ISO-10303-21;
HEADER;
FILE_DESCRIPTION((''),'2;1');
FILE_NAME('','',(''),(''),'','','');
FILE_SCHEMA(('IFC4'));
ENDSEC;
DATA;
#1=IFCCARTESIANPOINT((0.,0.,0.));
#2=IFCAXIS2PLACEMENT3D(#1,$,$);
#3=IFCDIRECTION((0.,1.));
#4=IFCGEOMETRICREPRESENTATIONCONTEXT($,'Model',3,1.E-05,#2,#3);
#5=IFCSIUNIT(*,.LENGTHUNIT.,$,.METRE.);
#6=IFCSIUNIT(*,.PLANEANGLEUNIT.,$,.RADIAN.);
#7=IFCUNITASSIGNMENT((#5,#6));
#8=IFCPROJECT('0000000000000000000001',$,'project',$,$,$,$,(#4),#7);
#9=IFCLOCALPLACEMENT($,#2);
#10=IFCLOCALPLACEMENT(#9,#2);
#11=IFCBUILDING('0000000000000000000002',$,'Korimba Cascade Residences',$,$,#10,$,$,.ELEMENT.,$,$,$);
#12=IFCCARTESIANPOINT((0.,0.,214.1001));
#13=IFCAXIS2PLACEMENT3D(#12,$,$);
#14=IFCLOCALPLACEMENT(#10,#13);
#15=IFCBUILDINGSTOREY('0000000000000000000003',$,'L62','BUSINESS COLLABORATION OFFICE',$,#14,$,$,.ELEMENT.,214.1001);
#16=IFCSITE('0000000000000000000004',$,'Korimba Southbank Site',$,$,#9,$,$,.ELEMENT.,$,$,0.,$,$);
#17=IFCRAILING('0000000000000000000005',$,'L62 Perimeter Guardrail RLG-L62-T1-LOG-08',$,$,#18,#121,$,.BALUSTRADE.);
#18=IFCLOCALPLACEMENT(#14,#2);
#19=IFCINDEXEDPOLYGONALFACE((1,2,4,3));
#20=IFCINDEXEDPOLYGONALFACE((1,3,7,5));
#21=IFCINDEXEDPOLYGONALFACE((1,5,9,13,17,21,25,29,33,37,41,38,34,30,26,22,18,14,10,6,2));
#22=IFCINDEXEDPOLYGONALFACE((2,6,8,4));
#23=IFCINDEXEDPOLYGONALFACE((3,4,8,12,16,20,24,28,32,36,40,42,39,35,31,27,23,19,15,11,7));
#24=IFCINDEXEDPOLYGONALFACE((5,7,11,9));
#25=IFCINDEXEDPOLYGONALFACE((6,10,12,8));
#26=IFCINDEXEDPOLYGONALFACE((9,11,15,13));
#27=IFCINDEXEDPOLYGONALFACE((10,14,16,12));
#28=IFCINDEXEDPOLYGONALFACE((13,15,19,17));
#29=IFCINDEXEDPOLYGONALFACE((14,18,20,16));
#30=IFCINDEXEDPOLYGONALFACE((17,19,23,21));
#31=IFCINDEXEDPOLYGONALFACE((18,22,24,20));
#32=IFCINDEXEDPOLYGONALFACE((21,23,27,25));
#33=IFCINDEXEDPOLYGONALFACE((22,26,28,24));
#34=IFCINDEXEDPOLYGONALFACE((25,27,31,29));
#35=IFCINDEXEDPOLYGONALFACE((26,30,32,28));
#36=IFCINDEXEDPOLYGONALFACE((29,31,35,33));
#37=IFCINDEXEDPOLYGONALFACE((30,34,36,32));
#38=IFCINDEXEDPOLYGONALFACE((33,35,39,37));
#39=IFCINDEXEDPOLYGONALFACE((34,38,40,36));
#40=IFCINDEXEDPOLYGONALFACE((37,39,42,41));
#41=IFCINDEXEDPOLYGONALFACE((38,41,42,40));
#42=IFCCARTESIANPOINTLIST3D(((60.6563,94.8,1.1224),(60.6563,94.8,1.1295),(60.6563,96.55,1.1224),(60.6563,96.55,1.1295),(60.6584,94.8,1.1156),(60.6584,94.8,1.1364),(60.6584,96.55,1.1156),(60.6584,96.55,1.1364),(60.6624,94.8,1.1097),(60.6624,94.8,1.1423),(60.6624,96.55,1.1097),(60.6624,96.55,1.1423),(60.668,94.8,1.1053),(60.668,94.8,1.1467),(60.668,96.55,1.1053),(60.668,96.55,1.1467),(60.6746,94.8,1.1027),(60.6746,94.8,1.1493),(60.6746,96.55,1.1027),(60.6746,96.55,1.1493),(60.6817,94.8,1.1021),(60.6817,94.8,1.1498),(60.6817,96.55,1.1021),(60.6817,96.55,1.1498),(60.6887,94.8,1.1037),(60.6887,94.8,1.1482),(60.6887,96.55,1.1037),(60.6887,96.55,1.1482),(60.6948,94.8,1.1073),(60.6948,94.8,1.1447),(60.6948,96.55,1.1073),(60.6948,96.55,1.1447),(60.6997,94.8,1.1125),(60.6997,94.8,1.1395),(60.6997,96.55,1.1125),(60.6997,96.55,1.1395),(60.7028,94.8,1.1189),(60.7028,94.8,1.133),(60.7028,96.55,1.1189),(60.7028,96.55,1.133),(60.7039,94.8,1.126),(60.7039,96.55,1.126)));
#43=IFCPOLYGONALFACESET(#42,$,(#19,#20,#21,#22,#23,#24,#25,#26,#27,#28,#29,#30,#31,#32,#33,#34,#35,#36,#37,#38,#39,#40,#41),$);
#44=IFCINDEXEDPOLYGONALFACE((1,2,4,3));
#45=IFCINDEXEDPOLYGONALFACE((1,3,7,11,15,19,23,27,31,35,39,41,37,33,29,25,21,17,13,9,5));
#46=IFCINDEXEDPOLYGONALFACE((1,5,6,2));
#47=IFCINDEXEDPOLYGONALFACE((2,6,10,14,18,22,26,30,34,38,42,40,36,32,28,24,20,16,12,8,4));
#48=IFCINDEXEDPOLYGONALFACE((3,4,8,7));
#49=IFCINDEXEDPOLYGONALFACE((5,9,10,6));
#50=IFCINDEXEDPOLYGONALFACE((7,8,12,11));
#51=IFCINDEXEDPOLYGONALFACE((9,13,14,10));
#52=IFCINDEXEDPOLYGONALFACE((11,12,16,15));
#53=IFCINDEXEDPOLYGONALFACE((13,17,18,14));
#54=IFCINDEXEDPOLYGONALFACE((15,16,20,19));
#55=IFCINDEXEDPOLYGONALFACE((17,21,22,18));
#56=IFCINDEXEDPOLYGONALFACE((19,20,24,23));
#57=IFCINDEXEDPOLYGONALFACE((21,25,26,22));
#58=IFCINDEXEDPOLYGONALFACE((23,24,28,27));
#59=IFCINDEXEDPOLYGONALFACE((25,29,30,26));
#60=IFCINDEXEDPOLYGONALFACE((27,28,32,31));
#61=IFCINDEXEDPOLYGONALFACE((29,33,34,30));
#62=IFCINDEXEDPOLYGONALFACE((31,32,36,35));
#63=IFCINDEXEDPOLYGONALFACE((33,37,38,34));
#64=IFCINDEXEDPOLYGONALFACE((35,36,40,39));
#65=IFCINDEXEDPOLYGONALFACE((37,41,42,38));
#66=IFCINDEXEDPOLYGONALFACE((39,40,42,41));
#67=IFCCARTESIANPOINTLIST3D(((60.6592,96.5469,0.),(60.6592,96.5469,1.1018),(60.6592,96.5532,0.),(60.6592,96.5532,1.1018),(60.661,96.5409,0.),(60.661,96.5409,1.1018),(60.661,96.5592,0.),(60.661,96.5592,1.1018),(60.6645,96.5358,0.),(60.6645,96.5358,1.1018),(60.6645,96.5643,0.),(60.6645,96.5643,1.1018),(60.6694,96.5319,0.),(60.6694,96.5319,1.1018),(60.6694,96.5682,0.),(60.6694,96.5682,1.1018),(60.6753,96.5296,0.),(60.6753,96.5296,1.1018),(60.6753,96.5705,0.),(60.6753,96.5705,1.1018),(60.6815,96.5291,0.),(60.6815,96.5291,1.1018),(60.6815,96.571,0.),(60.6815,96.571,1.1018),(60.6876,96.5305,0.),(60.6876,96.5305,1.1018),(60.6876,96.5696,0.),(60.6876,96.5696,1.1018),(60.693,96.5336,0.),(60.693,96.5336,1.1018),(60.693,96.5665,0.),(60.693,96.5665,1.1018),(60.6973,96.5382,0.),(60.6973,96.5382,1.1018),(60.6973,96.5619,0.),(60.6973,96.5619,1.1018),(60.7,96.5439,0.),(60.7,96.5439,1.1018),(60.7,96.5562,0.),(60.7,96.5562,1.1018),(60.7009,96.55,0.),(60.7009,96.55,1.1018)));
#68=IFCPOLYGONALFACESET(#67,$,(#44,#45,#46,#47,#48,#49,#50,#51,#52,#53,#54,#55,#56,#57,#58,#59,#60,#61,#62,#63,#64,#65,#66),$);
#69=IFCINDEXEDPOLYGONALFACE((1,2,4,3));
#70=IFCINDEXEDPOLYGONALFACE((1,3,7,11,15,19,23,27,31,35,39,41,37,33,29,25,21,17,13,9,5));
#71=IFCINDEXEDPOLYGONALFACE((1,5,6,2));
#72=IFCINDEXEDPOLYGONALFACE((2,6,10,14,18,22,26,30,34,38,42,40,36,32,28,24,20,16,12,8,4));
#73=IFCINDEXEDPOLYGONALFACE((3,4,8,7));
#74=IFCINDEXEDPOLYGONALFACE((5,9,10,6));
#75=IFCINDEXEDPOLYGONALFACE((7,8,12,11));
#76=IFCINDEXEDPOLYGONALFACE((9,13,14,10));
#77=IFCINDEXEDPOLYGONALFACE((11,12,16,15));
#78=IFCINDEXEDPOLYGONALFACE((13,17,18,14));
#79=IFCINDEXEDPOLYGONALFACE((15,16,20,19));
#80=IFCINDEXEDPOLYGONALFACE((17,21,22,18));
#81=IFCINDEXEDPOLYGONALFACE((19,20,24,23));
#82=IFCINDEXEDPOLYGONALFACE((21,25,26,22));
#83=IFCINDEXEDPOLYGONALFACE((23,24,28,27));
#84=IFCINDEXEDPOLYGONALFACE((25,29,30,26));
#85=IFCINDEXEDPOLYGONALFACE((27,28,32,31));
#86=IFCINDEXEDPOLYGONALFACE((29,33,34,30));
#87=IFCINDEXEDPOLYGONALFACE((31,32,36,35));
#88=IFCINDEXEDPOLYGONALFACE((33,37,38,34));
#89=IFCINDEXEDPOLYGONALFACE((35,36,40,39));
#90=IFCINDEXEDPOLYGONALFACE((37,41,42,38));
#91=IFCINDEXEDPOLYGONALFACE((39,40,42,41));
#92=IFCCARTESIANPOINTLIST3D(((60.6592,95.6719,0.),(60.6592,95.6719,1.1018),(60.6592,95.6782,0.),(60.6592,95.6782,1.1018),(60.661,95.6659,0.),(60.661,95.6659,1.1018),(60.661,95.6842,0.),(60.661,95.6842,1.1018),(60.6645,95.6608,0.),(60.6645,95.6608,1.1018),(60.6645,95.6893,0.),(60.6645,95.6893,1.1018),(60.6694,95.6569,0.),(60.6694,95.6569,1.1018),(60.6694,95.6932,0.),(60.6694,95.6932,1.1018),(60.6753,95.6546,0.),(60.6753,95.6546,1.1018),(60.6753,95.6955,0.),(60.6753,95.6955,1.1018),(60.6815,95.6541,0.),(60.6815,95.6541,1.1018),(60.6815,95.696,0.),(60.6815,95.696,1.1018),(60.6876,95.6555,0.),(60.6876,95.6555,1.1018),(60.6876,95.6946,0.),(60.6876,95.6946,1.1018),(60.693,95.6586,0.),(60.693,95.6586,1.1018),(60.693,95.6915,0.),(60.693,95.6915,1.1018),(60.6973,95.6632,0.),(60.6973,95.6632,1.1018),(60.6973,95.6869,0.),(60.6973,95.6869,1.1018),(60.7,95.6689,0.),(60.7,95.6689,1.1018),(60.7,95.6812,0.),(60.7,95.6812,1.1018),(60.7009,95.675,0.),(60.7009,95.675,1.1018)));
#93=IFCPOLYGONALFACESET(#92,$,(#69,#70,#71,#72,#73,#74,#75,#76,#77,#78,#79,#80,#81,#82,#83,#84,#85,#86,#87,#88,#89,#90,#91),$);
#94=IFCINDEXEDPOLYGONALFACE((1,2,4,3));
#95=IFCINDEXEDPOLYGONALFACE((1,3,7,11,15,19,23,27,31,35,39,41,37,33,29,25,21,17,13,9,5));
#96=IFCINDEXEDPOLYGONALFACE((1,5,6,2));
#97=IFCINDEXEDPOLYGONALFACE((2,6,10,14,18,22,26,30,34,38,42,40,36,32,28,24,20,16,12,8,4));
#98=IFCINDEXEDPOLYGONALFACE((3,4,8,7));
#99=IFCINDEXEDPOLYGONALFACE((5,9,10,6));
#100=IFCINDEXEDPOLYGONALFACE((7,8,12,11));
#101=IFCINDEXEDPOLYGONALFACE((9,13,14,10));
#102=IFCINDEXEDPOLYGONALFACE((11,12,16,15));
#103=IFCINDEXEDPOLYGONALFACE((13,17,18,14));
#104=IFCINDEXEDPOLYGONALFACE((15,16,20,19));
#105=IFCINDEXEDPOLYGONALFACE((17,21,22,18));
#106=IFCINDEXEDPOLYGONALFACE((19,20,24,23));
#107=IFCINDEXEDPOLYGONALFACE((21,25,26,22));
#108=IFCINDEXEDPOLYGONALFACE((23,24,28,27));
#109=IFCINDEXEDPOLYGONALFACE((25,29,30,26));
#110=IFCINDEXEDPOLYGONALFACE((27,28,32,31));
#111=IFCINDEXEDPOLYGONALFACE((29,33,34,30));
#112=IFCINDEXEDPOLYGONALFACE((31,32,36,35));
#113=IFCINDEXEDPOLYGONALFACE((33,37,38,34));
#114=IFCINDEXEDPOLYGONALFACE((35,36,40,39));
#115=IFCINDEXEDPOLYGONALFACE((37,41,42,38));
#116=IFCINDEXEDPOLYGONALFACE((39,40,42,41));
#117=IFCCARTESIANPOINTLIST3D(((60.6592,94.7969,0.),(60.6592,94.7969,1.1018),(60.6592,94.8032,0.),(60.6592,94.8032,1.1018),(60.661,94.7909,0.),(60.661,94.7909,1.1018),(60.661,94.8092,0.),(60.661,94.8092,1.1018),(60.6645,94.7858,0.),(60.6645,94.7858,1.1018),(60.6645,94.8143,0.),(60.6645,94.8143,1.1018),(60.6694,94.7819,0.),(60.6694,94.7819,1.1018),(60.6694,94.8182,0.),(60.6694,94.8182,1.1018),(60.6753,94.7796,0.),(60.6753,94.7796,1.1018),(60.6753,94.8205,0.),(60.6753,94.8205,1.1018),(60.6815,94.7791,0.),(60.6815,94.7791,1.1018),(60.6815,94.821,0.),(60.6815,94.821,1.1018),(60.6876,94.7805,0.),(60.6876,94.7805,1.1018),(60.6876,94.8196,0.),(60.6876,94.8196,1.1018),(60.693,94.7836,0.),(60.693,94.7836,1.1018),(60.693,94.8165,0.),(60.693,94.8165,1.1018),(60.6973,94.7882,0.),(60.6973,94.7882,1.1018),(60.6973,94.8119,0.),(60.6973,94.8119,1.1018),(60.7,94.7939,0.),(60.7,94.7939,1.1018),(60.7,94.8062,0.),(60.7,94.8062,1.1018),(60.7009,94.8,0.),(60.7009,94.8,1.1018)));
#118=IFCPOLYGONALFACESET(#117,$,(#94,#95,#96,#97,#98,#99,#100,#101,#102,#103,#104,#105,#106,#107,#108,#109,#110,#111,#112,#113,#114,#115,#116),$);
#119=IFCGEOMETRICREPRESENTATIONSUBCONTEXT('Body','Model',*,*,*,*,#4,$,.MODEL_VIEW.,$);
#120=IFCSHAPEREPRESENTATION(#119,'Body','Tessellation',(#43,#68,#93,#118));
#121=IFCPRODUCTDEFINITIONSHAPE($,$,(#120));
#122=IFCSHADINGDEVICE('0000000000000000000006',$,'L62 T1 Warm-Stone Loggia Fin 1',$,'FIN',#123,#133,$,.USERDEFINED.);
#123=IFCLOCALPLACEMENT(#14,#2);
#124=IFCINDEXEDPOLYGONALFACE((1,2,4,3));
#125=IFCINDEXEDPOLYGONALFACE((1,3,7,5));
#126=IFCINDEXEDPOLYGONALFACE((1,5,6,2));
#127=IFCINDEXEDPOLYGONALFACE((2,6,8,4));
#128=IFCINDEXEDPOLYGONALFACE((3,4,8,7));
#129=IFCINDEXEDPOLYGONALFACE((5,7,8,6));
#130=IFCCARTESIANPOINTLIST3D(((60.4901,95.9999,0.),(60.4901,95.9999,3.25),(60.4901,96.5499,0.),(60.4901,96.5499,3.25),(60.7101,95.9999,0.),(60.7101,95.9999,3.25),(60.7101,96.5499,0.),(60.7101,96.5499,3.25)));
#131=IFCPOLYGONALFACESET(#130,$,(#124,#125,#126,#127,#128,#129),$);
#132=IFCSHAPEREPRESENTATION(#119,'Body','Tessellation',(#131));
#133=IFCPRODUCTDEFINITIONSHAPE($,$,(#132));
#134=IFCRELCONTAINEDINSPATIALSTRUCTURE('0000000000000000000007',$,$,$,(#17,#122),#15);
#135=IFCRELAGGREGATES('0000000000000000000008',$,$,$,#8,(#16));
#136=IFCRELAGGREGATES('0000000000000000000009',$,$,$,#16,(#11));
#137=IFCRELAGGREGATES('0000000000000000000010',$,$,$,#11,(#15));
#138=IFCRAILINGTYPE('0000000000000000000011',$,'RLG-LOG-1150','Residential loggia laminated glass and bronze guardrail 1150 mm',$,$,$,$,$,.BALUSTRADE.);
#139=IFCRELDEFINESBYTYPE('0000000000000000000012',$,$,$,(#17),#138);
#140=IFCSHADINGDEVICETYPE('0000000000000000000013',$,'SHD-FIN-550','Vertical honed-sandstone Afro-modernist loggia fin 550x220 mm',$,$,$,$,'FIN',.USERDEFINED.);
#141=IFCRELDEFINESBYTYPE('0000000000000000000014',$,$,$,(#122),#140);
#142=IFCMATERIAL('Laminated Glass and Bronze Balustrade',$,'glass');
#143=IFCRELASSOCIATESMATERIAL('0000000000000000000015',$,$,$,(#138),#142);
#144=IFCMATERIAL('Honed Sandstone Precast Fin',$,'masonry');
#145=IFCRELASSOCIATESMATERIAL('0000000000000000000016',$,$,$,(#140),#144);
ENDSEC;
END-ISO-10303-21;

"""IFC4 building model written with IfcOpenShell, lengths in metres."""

from ifc_helpers import new_model, si_unit, direction, frame, origin, origin_2d, place, context, subcontext, project, spatial, rectangle, circle, extrude, material, type_object, element, save


model = new_model("IFC4")

# Units and contexts
model_context = context("Model", 3, precision=1e-05, world=origin(), true_north=direction((0.0, 1.0)))
body_context = subcontext(model_context, "Body", "Model", "MODEL_VIEW")
ifc_project = project(units=[si_unit("LENGTHUNIT", "METRE"), si_unit("PLANEANGLEUNIT", "RADIAN")], contexts=[model_context])

# Site, building, storey
site_placement = place(None, origin())
site = spatial("IfcSite", under=ifc_project, at=site_placement, Name="Korimba Southbank Site", CompositionType="ELEMENT", RefElevation=0.0)
building_placement = place(site_placement, origin())
building = spatial("IfcBuilding", under=site, at=building_placement, Name="Korimba Cascade Residences", CompositionType="ELEMENT")
storey_placement = place(building_placement, frame((0.0, 0.0, 214.1001)))
storey = spatial("IfcBuildingStorey", under=building, at=storey_placement, Name="L62", Description="BUSINESS COLLABORATION OFFICE", CompositionType="ELEMENT", Elevation=214.1001)

# Railing
ifc_material_1 = material(Name="Laminated Glass and Bronze Balustrade", Category="glass")
railing_type = type_object("IfcRailingType", Name="RLG-LOG-1150", Description="Residential loggia laminated glass and bronze guardrail 1150 mm", PredefinedType="BALUSTRADE", material=ifc_material_1)
railing_placement = place(storey_placement, frame((60.6799, 96.55, 0.0)))
element("IfcRailing", 1, at=railing_placement, inside=storey, type_object=railing_type, Name="L62 Perimeter Guardrail RLG-L62-T1-LOG-08", PredefinedType="BALUSTRADE", context=body_context, shape_type="SweptSolid", body=[
    extrude(circle(Radius=0.0239, at=origin_2d()), frame((0.0, 0.0, 1.126), z_axis=(0.0, -1.0, 0.0), x_axis=(1.0, 0.0, 0.0)), (0.0, 0.0, 1.0), 1.75),
    extrude(circle(Radius=0.021, at=origin_2d()), origin(), (0.0, 0.0, 1.0), 1.1018),
    extrude(circle(Radius=0.021, at=origin_2d()), frame((0.0, -0.875, 0.0)), (0.0, 0.0, 1.0), 1.1018),
    extrude(circle(Radius=0.021, at=origin_2d()), frame((0.0, -1.75, 0.0)), (0.0, 0.0, 1.0), 1.1018),
])

# Shading device
ifc_material_2 = material(Name="Honed Sandstone Precast Fin", Category="masonry")
shading_device_type = type_object("IfcShadingDeviceType", Name="SHD-FIN-550", Description="Vertical honed-sandstone Afro-modernist loggia fin 550x220 mm", ElementType="FIN", PredefinedType="USERDEFINED", material=ifc_material_2)
shading_device_placement = place(storey_placement, frame((60.6001, 96.2749, 0.0), z_axis=(0.0, 0.0, 1.0), x_axis=(1.0, 0.0, 0.0)))
element("IfcShadingDevice", 2, at=shading_device_placement, inside=storey, type_object=shading_device_type, Name="L62 T1 Warm-Stone Loggia Fin 1", ObjectType="FIN", PredefinedType="USERDEFINED", context=body_context, shape_type="SweptSolid", body=[
    extrude(rectangle(XDim=0.22, YDim=0.55, at=origin_2d()), origin(), (0.0, 0.0, 1.0), 3.25),
])

save(model, "model.ifc")
